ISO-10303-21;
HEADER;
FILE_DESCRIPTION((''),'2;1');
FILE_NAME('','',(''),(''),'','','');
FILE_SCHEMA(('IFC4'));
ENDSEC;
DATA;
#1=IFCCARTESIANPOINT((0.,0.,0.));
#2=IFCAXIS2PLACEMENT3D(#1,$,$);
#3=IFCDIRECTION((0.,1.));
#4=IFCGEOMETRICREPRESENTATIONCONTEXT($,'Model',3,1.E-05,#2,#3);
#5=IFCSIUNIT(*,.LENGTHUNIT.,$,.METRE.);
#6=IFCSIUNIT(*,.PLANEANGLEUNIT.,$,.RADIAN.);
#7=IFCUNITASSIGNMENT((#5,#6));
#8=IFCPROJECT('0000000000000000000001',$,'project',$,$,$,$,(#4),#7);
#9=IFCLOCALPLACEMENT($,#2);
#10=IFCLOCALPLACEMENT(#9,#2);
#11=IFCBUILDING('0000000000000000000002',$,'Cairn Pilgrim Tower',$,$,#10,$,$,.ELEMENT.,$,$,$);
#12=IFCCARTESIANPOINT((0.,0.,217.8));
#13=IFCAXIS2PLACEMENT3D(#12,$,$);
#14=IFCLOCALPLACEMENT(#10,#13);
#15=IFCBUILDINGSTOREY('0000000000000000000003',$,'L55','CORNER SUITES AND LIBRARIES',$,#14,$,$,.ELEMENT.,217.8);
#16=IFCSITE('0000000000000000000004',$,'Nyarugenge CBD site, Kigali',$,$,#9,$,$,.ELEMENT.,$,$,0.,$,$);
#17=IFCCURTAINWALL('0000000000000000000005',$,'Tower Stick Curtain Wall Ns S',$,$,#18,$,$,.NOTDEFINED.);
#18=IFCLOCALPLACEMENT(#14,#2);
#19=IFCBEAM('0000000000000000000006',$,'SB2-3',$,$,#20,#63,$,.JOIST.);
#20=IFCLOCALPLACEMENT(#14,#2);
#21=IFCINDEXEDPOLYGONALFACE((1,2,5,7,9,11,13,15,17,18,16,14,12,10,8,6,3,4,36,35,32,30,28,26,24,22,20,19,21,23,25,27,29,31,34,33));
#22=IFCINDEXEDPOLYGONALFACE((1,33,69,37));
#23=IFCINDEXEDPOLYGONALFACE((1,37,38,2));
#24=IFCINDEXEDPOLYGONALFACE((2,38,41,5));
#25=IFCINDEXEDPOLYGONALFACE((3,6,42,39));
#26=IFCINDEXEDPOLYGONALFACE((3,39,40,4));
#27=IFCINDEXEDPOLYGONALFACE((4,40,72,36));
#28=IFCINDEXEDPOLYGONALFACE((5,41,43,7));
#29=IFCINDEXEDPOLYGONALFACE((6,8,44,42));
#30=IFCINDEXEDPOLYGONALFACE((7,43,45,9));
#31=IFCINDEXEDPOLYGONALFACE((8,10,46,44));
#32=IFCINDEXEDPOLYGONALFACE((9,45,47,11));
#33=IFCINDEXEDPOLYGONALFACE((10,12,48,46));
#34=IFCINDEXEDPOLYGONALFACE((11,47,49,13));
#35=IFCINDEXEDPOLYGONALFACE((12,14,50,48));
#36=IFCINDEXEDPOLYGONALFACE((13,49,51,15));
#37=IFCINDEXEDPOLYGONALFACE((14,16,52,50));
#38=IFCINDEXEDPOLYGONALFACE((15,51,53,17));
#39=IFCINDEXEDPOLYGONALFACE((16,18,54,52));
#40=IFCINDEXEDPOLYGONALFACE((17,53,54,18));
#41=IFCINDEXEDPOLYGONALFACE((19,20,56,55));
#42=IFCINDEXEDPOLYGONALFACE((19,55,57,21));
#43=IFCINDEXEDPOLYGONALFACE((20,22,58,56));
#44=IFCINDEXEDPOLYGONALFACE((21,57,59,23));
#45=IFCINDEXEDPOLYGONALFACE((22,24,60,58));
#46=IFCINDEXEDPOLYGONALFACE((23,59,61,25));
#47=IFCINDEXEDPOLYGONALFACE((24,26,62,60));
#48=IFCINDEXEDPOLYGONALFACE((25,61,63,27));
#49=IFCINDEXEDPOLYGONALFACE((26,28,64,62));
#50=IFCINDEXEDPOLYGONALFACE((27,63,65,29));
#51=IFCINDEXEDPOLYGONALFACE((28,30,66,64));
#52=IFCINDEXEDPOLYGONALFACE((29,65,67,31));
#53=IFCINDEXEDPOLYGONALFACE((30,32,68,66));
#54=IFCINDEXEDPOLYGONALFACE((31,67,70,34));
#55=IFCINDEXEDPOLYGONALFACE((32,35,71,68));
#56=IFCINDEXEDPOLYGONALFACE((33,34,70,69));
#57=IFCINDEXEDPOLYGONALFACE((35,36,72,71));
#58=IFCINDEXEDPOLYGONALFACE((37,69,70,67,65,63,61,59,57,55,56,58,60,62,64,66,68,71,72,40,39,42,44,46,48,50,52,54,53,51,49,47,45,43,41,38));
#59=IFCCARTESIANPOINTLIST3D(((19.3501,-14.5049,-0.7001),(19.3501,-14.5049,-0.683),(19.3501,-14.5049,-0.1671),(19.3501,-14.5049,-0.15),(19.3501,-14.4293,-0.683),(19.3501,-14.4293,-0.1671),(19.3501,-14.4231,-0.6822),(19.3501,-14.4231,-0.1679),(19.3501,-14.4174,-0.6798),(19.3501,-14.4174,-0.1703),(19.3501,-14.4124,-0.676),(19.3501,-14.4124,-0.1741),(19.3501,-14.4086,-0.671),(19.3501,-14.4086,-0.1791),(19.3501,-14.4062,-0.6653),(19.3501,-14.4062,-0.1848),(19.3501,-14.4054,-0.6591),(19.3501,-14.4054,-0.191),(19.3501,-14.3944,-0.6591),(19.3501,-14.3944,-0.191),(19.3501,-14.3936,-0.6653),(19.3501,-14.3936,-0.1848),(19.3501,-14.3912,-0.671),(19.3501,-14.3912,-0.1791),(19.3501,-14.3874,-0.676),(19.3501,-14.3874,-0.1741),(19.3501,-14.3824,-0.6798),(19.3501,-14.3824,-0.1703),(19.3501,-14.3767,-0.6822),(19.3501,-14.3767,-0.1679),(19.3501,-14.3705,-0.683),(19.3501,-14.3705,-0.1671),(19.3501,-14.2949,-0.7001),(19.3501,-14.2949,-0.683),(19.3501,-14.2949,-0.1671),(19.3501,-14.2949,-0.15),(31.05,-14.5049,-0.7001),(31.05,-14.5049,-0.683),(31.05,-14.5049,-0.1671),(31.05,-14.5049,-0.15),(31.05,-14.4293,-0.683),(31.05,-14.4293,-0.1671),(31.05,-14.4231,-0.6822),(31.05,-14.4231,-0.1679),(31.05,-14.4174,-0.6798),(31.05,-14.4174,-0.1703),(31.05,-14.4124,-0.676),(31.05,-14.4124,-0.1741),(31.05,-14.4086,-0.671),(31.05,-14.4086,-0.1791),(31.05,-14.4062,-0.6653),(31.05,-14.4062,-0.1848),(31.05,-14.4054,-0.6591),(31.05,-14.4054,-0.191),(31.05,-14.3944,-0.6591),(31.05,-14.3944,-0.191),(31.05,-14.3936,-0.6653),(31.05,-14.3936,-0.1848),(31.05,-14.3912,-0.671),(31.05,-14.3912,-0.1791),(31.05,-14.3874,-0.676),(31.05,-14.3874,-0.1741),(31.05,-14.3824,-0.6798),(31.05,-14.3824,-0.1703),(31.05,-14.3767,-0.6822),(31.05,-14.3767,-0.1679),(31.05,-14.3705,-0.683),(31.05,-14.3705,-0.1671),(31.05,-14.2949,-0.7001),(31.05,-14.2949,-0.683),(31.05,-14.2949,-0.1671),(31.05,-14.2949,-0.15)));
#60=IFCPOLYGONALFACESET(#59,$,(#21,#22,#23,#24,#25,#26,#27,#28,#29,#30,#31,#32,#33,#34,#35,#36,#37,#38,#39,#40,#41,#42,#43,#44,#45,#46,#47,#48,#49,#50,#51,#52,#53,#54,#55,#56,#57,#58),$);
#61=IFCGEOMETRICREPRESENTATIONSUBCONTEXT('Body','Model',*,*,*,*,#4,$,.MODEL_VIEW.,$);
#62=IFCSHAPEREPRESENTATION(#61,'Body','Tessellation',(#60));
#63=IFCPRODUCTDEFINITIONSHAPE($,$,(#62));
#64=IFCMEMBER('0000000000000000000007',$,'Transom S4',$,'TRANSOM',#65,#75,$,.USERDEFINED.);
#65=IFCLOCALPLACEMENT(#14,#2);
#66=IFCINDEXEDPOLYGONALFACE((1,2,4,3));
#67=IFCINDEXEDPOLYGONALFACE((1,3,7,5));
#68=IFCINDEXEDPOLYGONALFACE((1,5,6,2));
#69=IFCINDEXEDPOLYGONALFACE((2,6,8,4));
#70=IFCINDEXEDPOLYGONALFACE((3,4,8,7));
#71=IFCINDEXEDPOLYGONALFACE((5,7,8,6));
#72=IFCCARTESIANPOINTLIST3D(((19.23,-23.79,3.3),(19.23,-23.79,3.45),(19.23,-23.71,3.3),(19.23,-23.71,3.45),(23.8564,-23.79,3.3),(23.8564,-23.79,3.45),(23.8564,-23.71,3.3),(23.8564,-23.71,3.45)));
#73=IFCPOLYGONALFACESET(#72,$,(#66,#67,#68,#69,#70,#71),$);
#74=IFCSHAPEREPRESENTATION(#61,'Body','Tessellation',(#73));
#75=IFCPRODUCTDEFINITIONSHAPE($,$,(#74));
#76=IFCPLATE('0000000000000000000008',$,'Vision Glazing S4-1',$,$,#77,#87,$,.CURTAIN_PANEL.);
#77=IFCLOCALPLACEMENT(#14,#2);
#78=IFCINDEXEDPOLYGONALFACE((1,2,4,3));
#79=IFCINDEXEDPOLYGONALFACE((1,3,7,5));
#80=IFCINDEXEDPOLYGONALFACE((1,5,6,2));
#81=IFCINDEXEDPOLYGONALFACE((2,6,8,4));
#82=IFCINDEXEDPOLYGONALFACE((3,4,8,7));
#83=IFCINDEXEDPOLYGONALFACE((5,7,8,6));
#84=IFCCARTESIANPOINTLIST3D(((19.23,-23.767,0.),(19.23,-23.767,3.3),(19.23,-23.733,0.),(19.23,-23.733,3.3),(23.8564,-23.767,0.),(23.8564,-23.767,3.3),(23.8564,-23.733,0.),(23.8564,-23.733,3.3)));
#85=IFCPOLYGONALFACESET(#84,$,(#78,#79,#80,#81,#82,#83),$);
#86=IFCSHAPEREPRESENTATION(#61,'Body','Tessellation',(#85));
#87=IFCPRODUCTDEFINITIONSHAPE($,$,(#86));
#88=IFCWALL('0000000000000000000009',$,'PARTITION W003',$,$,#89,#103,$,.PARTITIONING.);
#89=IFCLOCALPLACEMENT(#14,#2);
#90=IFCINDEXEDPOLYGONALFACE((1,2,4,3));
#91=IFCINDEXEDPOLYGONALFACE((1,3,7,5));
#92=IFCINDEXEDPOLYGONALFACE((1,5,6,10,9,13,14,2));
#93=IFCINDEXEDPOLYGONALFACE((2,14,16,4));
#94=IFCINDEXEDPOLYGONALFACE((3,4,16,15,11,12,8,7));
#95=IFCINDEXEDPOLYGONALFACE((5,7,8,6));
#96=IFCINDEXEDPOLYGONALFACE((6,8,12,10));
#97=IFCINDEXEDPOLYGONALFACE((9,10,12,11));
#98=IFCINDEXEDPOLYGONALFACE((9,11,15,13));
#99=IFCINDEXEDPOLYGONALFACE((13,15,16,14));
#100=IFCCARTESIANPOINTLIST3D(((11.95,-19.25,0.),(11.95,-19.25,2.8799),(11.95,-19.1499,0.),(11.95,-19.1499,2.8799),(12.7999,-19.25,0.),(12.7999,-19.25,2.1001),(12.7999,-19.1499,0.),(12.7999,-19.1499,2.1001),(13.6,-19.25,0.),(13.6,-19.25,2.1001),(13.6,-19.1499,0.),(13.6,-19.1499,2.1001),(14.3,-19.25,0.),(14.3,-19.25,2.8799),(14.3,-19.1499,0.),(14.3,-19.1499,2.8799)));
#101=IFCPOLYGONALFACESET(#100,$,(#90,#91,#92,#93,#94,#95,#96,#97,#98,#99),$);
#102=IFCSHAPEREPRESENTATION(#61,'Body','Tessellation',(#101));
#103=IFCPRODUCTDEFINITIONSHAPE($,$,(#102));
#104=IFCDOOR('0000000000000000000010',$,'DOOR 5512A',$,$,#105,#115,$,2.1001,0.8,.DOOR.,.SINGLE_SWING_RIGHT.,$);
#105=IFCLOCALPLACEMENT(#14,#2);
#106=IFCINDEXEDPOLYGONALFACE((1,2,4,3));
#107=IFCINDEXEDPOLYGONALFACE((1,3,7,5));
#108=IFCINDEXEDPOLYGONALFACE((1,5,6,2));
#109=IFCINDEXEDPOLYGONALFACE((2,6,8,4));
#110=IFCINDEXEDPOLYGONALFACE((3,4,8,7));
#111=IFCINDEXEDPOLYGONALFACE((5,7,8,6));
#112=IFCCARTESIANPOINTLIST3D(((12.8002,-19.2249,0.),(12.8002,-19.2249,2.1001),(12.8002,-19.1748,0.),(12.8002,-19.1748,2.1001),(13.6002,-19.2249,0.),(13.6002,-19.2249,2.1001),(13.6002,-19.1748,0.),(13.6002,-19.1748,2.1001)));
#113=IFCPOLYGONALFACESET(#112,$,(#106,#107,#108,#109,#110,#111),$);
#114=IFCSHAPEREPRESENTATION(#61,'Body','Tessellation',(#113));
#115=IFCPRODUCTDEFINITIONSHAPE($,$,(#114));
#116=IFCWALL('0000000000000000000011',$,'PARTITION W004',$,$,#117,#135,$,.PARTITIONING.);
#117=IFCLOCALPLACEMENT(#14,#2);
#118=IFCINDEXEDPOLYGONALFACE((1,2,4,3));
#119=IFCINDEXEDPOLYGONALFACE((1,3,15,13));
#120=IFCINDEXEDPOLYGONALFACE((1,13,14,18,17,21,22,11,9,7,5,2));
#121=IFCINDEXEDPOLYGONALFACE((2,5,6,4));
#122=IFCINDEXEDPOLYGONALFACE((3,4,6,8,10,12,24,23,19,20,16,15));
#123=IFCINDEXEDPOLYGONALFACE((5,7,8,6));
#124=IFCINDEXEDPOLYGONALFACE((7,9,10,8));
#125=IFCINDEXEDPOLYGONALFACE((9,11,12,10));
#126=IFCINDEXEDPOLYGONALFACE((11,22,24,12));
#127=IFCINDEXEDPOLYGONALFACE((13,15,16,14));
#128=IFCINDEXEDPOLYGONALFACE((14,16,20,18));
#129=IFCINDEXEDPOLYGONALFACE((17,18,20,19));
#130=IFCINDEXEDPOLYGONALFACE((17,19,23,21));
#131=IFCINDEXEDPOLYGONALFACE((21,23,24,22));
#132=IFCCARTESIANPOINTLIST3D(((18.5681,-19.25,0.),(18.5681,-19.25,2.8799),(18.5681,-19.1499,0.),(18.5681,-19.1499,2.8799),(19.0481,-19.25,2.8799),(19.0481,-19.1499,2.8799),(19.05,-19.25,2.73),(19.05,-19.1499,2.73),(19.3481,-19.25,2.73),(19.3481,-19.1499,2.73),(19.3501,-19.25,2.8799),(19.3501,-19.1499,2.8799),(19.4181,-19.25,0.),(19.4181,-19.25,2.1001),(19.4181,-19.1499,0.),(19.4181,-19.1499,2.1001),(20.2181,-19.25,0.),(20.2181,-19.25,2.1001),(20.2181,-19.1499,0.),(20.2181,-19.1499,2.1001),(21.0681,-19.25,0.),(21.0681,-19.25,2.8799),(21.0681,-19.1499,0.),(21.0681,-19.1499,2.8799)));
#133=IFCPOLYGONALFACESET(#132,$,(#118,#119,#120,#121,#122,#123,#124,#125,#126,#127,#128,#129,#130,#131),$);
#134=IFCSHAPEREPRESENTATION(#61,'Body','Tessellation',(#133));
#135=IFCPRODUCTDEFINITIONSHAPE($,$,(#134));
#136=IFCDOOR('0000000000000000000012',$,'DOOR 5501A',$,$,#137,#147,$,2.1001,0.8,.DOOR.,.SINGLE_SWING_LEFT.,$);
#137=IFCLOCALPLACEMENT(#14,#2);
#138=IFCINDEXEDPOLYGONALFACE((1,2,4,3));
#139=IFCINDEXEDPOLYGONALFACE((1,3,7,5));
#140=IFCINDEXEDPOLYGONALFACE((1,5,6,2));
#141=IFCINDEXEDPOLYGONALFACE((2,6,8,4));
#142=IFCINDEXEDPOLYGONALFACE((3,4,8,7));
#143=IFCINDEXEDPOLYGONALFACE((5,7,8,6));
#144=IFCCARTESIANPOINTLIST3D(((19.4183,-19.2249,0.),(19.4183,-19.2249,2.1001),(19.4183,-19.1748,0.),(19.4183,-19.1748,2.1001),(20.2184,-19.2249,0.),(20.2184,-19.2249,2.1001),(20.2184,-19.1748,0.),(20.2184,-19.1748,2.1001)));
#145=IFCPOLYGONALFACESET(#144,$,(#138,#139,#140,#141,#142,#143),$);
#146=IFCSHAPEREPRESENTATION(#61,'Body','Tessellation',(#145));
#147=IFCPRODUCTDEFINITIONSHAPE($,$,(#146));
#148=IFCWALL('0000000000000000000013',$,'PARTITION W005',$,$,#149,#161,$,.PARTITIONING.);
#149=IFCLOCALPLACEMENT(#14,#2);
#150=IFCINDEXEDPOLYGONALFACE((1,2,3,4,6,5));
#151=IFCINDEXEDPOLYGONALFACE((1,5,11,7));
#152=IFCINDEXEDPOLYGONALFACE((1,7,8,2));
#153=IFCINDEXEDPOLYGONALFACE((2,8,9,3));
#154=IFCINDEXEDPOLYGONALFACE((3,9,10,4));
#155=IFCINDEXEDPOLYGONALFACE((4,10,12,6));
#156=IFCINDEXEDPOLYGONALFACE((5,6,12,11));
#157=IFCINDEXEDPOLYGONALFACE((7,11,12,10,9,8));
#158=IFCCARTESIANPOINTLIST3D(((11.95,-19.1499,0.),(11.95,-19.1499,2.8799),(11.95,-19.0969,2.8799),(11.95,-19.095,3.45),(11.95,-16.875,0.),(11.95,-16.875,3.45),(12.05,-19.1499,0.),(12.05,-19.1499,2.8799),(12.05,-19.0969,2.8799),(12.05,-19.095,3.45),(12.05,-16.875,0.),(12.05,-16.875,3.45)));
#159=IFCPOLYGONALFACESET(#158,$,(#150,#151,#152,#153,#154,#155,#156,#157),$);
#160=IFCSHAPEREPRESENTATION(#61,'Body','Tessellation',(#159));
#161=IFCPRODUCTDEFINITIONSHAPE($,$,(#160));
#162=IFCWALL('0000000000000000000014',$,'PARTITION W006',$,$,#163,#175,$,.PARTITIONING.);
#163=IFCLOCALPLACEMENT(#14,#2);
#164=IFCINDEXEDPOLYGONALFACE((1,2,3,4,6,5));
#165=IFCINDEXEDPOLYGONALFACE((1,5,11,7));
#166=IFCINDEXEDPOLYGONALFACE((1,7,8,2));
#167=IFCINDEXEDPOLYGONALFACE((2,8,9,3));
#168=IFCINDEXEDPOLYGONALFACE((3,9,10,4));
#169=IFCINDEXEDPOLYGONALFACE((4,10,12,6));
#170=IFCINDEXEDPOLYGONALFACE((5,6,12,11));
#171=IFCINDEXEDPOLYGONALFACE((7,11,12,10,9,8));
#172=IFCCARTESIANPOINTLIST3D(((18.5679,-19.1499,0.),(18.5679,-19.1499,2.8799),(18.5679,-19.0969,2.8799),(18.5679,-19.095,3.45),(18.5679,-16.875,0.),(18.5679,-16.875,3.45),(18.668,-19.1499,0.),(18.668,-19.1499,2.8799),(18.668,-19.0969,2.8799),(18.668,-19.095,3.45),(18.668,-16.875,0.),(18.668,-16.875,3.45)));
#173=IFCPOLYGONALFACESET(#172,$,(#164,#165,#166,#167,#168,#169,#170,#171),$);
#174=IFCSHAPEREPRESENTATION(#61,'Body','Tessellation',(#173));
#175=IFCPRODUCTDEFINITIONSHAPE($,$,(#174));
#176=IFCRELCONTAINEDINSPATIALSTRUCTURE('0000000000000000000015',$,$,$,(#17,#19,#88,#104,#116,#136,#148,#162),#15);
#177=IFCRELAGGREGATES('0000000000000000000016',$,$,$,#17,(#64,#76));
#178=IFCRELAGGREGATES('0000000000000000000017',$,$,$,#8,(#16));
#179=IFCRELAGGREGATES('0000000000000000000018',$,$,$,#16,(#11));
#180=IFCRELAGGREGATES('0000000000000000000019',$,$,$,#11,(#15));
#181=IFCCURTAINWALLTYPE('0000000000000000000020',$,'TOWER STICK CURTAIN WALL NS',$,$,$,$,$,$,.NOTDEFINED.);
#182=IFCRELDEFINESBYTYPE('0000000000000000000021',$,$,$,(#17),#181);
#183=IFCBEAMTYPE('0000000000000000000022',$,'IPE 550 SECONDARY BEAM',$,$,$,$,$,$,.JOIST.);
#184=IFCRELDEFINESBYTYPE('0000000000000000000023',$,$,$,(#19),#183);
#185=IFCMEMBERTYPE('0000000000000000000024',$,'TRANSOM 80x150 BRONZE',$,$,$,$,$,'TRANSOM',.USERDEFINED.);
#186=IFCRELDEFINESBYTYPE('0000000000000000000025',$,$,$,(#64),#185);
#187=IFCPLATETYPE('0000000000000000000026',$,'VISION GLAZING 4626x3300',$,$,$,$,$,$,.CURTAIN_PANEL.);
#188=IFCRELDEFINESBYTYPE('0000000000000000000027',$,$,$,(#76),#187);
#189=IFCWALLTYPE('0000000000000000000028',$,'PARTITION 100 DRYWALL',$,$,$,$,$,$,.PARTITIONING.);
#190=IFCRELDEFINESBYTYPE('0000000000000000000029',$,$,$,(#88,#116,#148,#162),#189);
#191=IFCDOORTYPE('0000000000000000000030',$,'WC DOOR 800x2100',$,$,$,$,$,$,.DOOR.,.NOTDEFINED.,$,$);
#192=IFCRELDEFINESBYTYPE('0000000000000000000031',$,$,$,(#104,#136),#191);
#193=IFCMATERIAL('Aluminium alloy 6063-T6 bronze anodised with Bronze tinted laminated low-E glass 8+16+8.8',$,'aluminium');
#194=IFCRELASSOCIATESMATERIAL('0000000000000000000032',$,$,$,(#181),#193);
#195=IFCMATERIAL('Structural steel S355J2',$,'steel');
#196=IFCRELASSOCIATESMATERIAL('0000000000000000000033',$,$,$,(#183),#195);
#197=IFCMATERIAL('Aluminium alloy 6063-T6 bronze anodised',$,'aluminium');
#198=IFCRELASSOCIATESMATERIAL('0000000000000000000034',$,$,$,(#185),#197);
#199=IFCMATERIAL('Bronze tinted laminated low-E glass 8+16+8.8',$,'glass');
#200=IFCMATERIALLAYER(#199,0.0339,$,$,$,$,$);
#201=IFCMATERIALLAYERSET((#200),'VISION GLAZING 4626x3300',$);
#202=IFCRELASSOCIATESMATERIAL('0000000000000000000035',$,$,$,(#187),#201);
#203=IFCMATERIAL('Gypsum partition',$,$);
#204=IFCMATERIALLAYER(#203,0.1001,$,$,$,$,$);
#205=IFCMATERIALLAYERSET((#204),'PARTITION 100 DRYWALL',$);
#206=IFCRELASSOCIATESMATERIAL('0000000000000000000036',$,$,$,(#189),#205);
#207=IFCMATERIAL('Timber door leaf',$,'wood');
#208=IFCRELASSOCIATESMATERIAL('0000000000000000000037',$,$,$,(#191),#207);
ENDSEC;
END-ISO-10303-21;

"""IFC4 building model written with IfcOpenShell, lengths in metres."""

from ifc_helpers import new_model, si_unit, direction, frame, frame_2d, origin, origin_2d, place, context, subcontext, project, spatial, polyline, rectangle, i_section, outline, extrude, material, layer, layer_set, material_profile, profile_set, type_object, element, fill, aggregate, save


model = new_model("IFC4")

# Units and contexts
model_context = context("Model", 3, precision=1e-05, world=origin(), true_north=direction((0.0, 1.0)))
body_context = subcontext(model_context, "Body", "Model", "MODEL_VIEW")
ifc_project = project(units=[si_unit("LENGTHUNIT", "METRE"), si_unit("PLANEANGLEUNIT", "RADIAN")], contexts=[model_context])

# Site, building, storey
site_placement = place(None, origin())
site = spatial("IfcSite", under=ifc_project, at=site_placement, Name="Nyarugenge CBD site, Kigali", CompositionType="ELEMENT", RefElevation=0.0)
building_placement = place(site_placement, origin())
building = spatial("IfcBuilding", under=site, at=building_placement, Name="Cairn Pilgrim Tower", CompositionType="ELEMENT")
storey_placement = place(building_placement, frame((0.0, 0.0, 217.8)))
storey = spatial("IfcBuildingStorey", under=building, at=storey_placement, Name="L55", Description="CORNER SUITES AND LIBRARIES", CompositionType="ELEMENT", Elevation=217.8)

# Curtain wall
ifc_material_1 = material(Name="Aluminium alloy 6063-T6 bronze anodised with Bronze tinted laminated low-E glass 8+16+8.8", Category="aluminium")
curtain_wall_type = type_object("IfcCurtainWallType", Name="TOWER STICK CURTAIN WALL NS", PredefinedType="NOTDEFINED", material=ifc_material_1)
curtain_wall_placement = place(storey_placement, origin())
curtain_wall = element("IfcCurtainWall", 1, at=curtain_wall_placement, inside=storey, type_object=curtain_wall_type, Name="Tower Stick Curtain Wall Ns S", PredefinedType="NOTDEFINED")
ifc_material_2 = material(Name="Aluminium alloy 6063-T6 bronze anodised", Category="aluminium")

# Beam
ifc_material_3 = material(Name="Structural steel S355J2", Category="steel")
ifc_material_profile_1 = material_profile(ifc_material_3, i_section(OverallWidth=0.21, OverallDepth=0.55, WebThickness=0.011, FlangeThickness=0.0171, FilletRadius=0.0239, at=origin_2d()), Name="IPE 550")
ifc_profile_set_1 = profile_set([ifc_material_profile_1], Name="Structural steel S355J2")
beam_type_1 = type_object("IfcBeamType", Name="IPE 550 SECONDARY BEAM", PredefinedType="JOIST", material=ifc_profile_set_1)
beam_1_placement = place(storey_placement, frame((19.3501, -14.3999, -0.425), z_axis=(1.0, 0.0, 0.0), x_axis=(0.0, 1.0, 0.0)))
element("IfcBeam", 2, at=beam_1_placement, inside=storey, type_object=beam_type_1, Name="SB2-3", PredefinedType="JOIST", context=body_context, shape_type="SweptSolid", body=[
    extrude(i_section(OverallWidth=0.21, OverallDepth=0.55, WebThickness=0.011, FlangeThickness=0.0171, FilletRadius=0.0239, at=origin_2d()), origin(), (0.0, 0.0, 1.0), 11.7),
])

# Member
ifc_material_profile_2 = material_profile(ifc_material_2, rectangle(XDim=0.0801, YDim=0.1499, at=origin_2d()), Name="TRANSOM 80x150 BRONZE")
ifc_profile_set_2 = profile_set([ifc_material_profile_2], Name="Aluminium alloy 6063-T6 bronze anodised")
member_type_1 = type_object("IfcMemberType", Name="TRANSOM 80x150 BRONZE", ElementType="TRANSOM", PredefinedType="USERDEFINED", material=ifc_profile_set_2)
member_1_placement = place(storey_placement, frame((19.23, -23.75, 3.375), z_axis=(1.0, 0.0, 0.0), x_axis=(0.0, 1.0, 0.0)))
member_1 = element("IfcMember", 3, at=member_1_placement, type_object=member_type_1, Name="Transom S4", ObjectType="TRANSOM", PredefinedType="USERDEFINED", context=body_context, shape_type="SweptSolid", body=[
    extrude(rectangle(XDim=0.0801, YDim=0.1499, at=origin_2d()), origin(), (0.0, 0.0, 1.0), 4.6265),
])

# Plate
ifc_material_4 = material(Name="Bronze tinted laminated low-E glass 8+16+8.8", Category="glass")
ifc_layer_1 = layer(ifc_material_4, 0.0339)
ifc_layer_set_1 = layer_set([ifc_layer_1], Name="VISION GLAZING 4626x3300")
plate_type = type_object("IfcPlateType", Name="VISION GLAZING 4626x3300", PredefinedType="CURTAIN_PANEL", material=ifc_layer_set_1)
plate_placement = place(storey_placement, frame((21.5432, -23.75, 0.0), z_axis=(0.0, 0.0, 1.0), x_axis=(1.0, 0.0, 0.0)))
plate = element("IfcPlate", 4, at=plate_placement, type_object=plate_type, Name="Vision Glazing S4-1", PredefinedType="CURTAIN_PANEL", context=body_context, shape_type="SweptSolid", body=[
    extrude(rectangle(XDim=4.6265, YDim=0.0339, at=origin_2d()), origin(), (0.0, 0.0, 1.0), 3.3),
])
aggregate(curtain_wall, [member_1, plate])

# Walls, openings, doors
ifc_material_5 = material(Name="Gypsum partition")
ifc_layer_2 = layer(ifc_material_5, 0.1001)
ifc_layer_set_2 = layer_set([ifc_layer_2], Name="PARTITION 100 DRYWALL")
wall_type_1 = type_object("IfcWallType", Name="PARTITION 100 DRYWALL", PredefinedType="PARTITIONING", material=ifc_layer_set_2)
wall_1_placement = place(storey_placement, frame((11.95, -19.2, 0.0), z_axis=(0.0, 0.0, 1.0), x_axis=(1.0, 0.0, 0.0)))
wall_1 = element("IfcWall", 5, at=wall_1_placement, inside=storey, type_object=wall_type_1, Name="PARTITION W003", PredefinedType="PARTITIONING", context=body_context, shape_type="SweptSolid", body=[
    extrude(rectangle(XDim=2.3501, YDim=0.1001, at=frame_2d((1.175, 0.0))), origin(), (0.0, 0.0, 1.0), 2.8799),
])
opening_1_placement = place(wall_1_placement, frame((0.8501, 0.0, 0.0)))
opening_1 = element("IfcOpeningElement", 6, at=opening_1_placement, cuts=wall_1, PredefinedType="OPENING", context=body_context, shape_type="SweptSolid", body=[
    extrude(rectangle(XDim=0.8, YDim=2.1001, at=frame_2d((0.3999, 1.05))), frame((0.0, 0.0601, 0.0), z_axis=(0.0, -1.0, 0.0), x_axis=(1.0, 0.0, 0.0)), (0.0, 0.0, 1.0), 0.1201),
])
ifc_material_6 = material(Name="Timber door leaf", Category="wood")
door_type_1 = type_object("IfcDoorType", Name="WC DOOR 800x2100", OperationType="NOTDEFINED", PredefinedType="DOOR", material=ifc_material_6)
door_1_placement = place(opening_1_placement, frame((0.8, 0.0, 0.0), z_axis=(0.0, 0.0, 1.0), x_axis=(-1.0, 0.0, 0.0)))
door_1 = element("IfcDoor", 7, at=door_1_placement, inside=storey, type_object=door_type_1, Name="DOOR 5512A", OperationType="SINGLE_SWING_RIGHT", OverallHeight=2.1001, OverallWidth=0.8, PredefinedType="DOOR", context=body_context, shape_type="SweptSolid", body=[
    extrude(rectangle(XDim=0.8, YDim=2.1001, at=frame_2d((0.3999, 1.05))), frame((0.0, 0.0249, 0.0), z_axis=(0.0, -1.0, 0.0), x_axis=(1.0, 0.0, 0.0)), (0.0, 0.0, 1.0), 0.05),
])
fill(opening_1, door_1)
wall_2_placement = place(storey_placement, frame((18.5681, -19.2, 0.0), z_axis=(0.0, 0.0, 1.0), x_axis=(1.0, 0.0, 0.0)))
wall_2 = element("IfcWall", 8, at=wall_2_placement, inside=storey, type_object=wall_type_1, Name="PARTITION W004", PredefinedType="PARTITIONING", context=body_context, shape_type="SweptSolid", body=[
    extrude(outline(polyline([(0.0, 0.0), (2.5, 0.0), (2.5, 2.8799), (0.782, 2.8799), (0.78, 2.73), (0.4819, 2.73), (0.48, 2.8799), (0.0, 2.8799), (0.0, 0.0)])), frame((0.0, 0.05, 0.0), z_axis=(0.0, -1.0, 0.0), x_axis=(1.0, 0.0, 0.0)), (0.0, 0.0, 1.0), 0.1001),
])
opening_2_placement = place(wall_2_placement, frame((0.8501, 0.0, 0.0)))
opening_2 = element("IfcOpeningElement", 9, at=opening_2_placement, cuts=wall_2, PredefinedType="OPENING", context=body_context, shape_type="SweptSolid", body=[
    extrude(rectangle(XDim=0.8, YDim=2.1001, at=frame_2d((0.3999, 1.05))), frame((0.0, 0.0601, 0.0), z_axis=(0.0, -1.0, 0.0), x_axis=(1.0, 0.0, 0.0)), (0.0, 0.0, 1.0), 0.1201),
])
door_2_placement = place(opening_2_placement, frame((0.8, 0.0, 0.0), z_axis=(0.0, 0.0, 1.0), x_axis=(-1.0, 0.0, 0.0)))
door_2 = element("IfcDoor", 10, at=door_2_placement, inside=storey, type_object=door_type_1, Name="DOOR 5501A", OperationType="SINGLE_SWING_LEFT", OverallHeight=2.1001, OverallWidth=0.8, PredefinedType="DOOR", context=body_context, shape_type="SweptSolid", body=[
    extrude(rectangle(XDim=0.8, YDim=2.1001, at=frame_2d((0.3999, 1.05))), frame((0.0, 0.0249, 0.0), z_axis=(0.0, -1.0, 0.0), x_axis=(1.0, 0.0, 0.0)), (0.0, 0.0, 1.0), 0.05),
])
fill(opening_2, door_2)

# Walls
for number, where, z_axis, x_axis, name in (
    (11, (12.0, -19.1499, 0.0), (0.0, 0.0, 1.0), (0.0, 1.0, 0.0), "PARTITION W005"),
    (12, (18.6179, -19.1499, 0.0), (0.0, 0.0, 1.0), (0.0, 1.0, 0.0), "PARTITION W006"),
):
    element("IfcWall", number, at=place(storey_placement, frame(where, z_axis=z_axis, x_axis=x_axis)), inside=storey, type_object=wall_type_1, Name=name, PredefinedType="PARTITIONING", context=body_context, shape_type="SweptSolid", body=[
        extrude(outline(polyline([(0.0, 0.0), (2.2749, 0.0), (2.2749, 3.45), (0.0549, 3.45), (0.053, 2.8799), (0.0, 2.8799), (0.0, 0.0)])), frame((0.0, 0.05, 0.0), z_axis=(0.0, -1.0, 0.0), x_axis=(1.0, 0.0, 0.0)), (0.0, 0.0, 1.0), 0.1001),
    ])

save(model, "model.ifc")
